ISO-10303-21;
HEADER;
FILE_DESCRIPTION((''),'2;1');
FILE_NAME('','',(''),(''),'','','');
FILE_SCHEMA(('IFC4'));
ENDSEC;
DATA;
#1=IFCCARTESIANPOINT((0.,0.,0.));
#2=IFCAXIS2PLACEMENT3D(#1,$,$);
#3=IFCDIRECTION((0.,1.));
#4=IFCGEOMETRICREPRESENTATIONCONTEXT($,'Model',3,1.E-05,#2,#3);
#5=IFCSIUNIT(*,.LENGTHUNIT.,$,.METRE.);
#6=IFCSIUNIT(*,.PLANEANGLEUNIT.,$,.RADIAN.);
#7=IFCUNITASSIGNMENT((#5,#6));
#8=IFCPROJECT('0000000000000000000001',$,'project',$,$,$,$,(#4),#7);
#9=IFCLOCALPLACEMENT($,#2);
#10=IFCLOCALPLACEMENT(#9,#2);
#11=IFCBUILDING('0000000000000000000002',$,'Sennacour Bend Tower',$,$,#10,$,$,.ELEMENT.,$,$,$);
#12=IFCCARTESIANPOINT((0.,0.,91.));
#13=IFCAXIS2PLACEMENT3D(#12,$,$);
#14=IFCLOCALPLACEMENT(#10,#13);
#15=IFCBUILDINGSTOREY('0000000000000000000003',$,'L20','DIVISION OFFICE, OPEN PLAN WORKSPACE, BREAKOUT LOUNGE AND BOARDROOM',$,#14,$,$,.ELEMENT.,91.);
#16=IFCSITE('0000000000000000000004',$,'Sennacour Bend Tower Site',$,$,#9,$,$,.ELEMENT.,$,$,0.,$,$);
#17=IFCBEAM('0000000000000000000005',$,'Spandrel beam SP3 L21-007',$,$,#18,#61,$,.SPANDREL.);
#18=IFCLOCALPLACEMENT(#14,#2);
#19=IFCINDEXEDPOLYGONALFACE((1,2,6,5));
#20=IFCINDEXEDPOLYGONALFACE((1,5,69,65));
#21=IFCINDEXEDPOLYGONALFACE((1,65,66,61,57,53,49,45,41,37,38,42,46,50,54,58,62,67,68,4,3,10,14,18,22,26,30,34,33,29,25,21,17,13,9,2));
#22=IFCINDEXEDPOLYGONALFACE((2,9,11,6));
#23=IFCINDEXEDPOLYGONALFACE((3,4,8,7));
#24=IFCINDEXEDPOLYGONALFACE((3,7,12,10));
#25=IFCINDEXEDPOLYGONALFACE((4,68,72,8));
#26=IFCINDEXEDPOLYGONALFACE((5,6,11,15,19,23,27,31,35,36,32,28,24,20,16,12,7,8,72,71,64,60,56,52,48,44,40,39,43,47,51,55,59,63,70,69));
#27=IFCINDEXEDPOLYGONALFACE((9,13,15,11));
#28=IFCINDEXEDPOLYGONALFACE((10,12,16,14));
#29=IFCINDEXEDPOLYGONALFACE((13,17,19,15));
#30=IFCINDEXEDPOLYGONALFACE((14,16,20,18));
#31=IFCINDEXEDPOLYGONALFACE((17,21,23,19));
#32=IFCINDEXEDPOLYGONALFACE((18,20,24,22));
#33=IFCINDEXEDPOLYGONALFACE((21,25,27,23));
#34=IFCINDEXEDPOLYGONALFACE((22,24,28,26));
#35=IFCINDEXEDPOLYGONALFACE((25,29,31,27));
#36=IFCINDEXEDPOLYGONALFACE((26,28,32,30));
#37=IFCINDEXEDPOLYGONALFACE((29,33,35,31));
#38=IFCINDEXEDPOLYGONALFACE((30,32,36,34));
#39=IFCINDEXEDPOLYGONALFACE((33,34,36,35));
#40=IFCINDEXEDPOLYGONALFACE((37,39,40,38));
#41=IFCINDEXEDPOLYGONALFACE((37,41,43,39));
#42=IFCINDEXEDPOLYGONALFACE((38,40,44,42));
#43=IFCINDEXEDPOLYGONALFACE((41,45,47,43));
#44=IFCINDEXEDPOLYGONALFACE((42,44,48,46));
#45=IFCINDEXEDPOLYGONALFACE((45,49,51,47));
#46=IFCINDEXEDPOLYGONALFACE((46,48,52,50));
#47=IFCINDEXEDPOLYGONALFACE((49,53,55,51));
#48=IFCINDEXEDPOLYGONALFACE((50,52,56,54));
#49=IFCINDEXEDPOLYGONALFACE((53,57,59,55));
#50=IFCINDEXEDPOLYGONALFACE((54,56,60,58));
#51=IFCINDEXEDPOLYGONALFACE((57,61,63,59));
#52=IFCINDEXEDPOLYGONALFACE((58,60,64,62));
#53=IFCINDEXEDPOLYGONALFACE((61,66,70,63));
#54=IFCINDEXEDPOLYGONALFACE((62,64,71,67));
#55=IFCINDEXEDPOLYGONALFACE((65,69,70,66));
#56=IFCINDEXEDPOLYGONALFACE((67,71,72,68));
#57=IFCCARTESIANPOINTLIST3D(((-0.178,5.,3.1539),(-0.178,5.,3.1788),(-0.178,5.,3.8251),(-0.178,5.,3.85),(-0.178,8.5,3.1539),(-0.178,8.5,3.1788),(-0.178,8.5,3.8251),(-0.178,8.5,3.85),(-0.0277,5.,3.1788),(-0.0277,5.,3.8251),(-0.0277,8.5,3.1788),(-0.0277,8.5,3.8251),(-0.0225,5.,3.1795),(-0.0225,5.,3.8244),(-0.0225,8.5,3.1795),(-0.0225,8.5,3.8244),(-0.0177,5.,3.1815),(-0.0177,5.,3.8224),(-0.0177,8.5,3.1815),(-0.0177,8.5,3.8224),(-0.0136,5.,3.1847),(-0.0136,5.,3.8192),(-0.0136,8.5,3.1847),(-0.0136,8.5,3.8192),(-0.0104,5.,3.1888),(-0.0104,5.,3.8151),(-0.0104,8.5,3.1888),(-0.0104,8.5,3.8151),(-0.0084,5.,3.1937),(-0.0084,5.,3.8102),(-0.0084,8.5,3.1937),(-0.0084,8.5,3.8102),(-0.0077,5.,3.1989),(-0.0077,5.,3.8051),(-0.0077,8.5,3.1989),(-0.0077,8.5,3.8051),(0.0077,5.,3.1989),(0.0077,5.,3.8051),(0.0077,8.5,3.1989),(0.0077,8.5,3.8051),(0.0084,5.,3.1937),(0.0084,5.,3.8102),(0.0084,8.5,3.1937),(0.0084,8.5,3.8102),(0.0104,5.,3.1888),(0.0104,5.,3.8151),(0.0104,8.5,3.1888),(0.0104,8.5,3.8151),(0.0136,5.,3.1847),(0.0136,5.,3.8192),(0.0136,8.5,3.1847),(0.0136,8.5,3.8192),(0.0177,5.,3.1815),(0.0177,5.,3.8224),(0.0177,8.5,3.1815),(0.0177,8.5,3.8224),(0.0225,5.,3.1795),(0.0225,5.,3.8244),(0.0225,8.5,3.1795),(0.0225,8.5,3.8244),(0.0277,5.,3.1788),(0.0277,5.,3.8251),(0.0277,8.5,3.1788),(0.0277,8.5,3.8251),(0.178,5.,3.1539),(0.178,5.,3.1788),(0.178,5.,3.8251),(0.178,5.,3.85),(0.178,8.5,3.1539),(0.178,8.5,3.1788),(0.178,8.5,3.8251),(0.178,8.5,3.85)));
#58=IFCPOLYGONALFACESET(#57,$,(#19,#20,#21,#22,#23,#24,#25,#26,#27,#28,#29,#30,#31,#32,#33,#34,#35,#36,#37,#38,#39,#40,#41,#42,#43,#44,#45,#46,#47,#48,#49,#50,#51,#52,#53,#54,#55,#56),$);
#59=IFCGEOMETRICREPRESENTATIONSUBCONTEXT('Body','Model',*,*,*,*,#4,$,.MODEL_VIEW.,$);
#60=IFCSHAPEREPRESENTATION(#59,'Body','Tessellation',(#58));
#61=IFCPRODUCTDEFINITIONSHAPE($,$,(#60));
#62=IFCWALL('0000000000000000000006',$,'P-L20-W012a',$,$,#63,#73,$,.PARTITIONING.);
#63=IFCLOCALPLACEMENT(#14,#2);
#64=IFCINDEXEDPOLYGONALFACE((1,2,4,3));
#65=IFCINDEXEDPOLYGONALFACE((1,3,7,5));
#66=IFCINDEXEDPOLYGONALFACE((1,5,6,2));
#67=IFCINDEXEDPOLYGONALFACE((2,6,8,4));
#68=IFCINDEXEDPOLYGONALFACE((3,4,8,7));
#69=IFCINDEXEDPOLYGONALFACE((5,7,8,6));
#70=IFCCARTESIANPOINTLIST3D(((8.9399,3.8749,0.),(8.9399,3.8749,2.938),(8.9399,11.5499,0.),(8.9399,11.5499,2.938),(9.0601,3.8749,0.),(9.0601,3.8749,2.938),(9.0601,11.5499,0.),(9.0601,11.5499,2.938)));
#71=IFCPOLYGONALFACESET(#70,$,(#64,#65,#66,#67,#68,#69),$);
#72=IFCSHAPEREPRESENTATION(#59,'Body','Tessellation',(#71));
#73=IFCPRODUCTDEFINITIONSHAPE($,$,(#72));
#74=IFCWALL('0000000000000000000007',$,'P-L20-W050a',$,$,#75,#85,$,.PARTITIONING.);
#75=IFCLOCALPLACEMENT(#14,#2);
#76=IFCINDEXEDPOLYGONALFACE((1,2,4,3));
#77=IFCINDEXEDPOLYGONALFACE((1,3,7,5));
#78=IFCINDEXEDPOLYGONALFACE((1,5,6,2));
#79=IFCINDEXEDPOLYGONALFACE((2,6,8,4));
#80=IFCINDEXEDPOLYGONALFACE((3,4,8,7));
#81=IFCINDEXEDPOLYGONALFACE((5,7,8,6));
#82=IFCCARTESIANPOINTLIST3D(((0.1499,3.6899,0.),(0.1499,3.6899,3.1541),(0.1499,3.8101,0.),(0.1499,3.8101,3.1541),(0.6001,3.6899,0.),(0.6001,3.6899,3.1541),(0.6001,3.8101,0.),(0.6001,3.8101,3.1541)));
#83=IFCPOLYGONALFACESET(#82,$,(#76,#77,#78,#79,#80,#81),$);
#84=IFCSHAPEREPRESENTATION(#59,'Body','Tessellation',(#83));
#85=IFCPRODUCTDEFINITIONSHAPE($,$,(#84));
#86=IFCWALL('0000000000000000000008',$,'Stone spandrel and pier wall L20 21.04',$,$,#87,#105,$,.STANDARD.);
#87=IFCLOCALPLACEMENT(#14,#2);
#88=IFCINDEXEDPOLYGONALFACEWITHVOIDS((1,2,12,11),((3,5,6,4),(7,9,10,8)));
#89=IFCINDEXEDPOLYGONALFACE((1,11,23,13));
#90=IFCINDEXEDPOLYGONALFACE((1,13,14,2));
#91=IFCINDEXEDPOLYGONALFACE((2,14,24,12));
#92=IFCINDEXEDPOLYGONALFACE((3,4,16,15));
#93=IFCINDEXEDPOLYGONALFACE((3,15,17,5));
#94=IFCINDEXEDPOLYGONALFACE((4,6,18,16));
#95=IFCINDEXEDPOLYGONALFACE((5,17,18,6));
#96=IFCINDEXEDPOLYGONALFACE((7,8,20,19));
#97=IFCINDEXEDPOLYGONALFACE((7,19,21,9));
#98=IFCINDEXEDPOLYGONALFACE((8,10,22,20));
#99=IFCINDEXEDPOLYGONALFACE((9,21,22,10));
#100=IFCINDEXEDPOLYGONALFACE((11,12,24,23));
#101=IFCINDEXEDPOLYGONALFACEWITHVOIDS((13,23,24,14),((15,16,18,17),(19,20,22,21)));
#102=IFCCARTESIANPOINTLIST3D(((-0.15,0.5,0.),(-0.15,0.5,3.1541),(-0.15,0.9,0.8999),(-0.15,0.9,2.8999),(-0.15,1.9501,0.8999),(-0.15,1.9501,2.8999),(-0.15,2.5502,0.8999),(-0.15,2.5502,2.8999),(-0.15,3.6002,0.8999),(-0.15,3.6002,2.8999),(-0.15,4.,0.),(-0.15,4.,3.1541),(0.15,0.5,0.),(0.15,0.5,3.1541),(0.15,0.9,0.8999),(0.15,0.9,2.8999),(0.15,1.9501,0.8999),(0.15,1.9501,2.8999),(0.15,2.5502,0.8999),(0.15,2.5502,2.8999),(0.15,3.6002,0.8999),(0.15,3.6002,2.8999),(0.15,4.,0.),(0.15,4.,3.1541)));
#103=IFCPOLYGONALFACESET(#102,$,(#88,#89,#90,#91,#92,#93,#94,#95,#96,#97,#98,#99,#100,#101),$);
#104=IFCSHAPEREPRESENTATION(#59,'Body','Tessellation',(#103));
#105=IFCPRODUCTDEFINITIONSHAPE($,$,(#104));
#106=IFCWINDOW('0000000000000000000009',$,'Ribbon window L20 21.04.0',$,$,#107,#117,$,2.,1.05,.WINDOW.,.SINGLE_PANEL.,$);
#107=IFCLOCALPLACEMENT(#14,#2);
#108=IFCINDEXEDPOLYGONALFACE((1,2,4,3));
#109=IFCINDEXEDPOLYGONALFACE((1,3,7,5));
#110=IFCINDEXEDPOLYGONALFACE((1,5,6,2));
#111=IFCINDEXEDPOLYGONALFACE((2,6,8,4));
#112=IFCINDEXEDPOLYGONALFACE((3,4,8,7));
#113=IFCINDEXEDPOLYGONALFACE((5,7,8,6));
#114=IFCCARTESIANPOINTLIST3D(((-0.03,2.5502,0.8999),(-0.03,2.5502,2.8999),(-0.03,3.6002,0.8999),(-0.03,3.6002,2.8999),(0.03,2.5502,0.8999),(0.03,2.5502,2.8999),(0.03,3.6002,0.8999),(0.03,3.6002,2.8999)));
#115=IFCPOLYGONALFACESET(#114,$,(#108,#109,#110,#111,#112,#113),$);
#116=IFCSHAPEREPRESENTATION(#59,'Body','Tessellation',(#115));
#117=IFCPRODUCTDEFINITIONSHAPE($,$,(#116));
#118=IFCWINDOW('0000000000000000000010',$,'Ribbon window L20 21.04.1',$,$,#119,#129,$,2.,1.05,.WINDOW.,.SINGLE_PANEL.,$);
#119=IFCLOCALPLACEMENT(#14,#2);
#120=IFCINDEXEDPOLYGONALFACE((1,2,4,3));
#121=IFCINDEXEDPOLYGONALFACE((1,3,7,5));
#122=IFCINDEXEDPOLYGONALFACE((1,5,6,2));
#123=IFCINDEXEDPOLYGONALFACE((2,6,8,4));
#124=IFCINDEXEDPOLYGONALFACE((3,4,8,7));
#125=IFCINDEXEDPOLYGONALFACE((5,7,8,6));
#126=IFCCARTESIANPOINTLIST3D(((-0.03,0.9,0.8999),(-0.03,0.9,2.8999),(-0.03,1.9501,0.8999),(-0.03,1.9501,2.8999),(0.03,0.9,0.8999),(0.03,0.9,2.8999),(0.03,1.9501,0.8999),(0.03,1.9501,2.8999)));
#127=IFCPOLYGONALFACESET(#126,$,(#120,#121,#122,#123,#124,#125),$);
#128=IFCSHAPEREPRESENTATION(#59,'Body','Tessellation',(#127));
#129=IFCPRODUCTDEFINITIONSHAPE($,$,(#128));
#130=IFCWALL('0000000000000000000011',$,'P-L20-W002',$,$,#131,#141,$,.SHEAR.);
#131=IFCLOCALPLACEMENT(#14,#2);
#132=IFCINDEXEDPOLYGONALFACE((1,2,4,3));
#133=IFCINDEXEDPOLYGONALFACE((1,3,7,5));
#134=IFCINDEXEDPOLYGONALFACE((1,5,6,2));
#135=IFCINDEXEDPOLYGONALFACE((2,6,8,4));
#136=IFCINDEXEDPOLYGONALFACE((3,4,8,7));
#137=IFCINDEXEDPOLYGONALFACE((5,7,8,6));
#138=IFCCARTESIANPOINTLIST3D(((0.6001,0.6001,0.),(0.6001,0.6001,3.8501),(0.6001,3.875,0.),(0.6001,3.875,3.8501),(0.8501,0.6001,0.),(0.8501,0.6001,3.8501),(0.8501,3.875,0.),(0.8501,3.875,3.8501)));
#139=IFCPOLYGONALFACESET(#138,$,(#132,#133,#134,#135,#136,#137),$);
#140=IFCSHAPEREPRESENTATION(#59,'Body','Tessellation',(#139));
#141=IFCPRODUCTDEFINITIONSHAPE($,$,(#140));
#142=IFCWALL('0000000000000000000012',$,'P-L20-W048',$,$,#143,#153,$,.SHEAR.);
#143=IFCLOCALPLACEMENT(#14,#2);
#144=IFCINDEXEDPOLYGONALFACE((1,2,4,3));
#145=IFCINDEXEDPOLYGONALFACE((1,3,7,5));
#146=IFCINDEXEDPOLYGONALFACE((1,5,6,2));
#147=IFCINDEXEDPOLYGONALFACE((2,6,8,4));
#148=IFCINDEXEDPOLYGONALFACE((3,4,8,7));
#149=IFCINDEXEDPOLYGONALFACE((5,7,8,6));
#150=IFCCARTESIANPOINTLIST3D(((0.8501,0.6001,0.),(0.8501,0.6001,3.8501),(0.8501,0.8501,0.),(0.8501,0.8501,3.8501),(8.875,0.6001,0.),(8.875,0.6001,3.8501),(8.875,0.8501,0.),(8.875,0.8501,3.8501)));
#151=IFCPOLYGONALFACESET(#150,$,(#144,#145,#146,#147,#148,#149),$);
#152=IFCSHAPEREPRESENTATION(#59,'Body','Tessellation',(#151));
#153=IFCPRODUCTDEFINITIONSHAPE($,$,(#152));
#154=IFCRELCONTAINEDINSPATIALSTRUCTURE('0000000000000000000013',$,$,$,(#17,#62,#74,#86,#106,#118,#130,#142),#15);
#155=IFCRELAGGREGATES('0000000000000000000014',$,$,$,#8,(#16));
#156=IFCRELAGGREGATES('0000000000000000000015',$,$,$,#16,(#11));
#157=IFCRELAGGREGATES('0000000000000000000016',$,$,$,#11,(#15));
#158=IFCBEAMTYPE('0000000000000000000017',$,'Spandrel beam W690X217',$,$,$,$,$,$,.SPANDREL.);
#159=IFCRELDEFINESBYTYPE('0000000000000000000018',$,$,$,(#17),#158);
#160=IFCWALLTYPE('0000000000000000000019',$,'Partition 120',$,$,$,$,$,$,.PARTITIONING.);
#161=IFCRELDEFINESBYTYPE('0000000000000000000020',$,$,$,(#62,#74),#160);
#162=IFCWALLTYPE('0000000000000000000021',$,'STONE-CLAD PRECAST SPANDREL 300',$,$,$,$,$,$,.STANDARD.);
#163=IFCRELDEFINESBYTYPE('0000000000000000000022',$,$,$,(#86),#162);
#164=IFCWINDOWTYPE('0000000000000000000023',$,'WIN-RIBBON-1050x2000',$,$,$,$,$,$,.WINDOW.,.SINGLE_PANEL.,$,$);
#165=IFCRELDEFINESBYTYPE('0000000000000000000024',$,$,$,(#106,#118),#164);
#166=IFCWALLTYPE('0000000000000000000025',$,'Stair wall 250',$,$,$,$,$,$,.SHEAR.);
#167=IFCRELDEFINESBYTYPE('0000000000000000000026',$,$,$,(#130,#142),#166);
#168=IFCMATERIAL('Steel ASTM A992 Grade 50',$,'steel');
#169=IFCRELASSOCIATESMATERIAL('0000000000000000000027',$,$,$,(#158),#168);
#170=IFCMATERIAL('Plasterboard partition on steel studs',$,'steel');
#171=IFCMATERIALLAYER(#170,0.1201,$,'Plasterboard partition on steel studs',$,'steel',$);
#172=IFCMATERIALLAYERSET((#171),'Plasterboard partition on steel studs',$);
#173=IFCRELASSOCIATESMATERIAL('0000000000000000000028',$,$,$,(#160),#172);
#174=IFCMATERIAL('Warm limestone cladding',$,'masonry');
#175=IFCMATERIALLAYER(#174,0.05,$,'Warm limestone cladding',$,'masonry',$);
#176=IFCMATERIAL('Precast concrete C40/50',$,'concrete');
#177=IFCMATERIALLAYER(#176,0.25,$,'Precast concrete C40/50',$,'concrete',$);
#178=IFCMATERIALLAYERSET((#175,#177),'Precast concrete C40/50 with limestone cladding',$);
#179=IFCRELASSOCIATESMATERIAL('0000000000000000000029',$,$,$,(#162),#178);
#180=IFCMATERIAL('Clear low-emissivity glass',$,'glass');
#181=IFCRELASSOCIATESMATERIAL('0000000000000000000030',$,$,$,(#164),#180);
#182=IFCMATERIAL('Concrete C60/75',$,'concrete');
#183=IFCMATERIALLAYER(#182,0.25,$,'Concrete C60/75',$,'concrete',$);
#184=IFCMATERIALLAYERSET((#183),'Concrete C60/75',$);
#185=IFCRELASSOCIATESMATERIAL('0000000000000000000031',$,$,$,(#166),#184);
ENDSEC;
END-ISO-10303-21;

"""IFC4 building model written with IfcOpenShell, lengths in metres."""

from ifc_helpers import new_model, si_unit, direction, frame, frame_2d, origin, origin_2d, place, context, subcontext, project, spatial, rectangle, i_section, extrude, material, layer, layer_set, material_profile, profile_set, type_object, element, fill, save


model = new_model("IFC4")

# Units and contexts
model_context = context("Model", 3, precision=1e-05, world=origin(), true_north=direction((0.0, 1.0)))
body_context = subcontext(model_context, "Body", "Model", "MODEL_VIEW")
ifc_project = project(units=[si_unit("LENGTHUNIT", "METRE"), si_unit("PLANEANGLEUNIT", "RADIAN")], contexts=[model_context])

# Site, building, storey
site_placement = place(None, origin())
site = spatial("IfcSite", under=ifc_project, at=site_placement, Name="Sennacour Bend Tower Site", CompositionType="ELEMENT", RefElevation=0.0)
building_placement = place(site_placement, origin())
building = spatial("IfcBuilding", under=site, at=building_placement, Name="Sennacour Bend Tower", CompositionType="ELEMENT")
storey_placement = place(building_placement, frame((0.0, 0.0, 91.0)))
storey = spatial("IfcBuildingStorey", under=building, at=storey_placement, Name="L20", Description="DIVISION OFFICE, OPEN PLAN WORKSPACE, BREAKOUT LOUNGE AND BOARDROOM", CompositionType="ELEMENT", Elevation=91.0)

# Beam
ifc_material_1 = material(Name="Steel ASTM A992 Grade 50", Category="steel")
ifc_material_profile_1 = material_profile(ifc_material_1, i_section(OverallWidth=0.356, OverallDepth=0.696, WebThickness=0.0154, FlangeThickness=0.0249, FilletRadius=0.02, at=origin_2d()), Name="Steel ASTM A992 Grade 50", Category="steel")
ifc_profile_set_1 = profile_set([ifc_material_profile_1], Name="Steel ASTM A992 Grade 50")
beam_type_1 = type_object("IfcBeamType", Name="Spandrel beam W690X217", PredefinedType="SPANDREL", material=ifc_profile_set_1)
beam_placement = place(storey_placement, frame((0.0, 5.0, 3.502), z_axis=(0.0, 1.0, 0.0), x_axis=(-1.0, 0.0, 0.0)))
element("IfcBeam", 1, at=beam_placement, inside=storey, type_object=beam_type_1, Name="Spandrel beam SP3 L21-007", PredefinedType="SPANDREL", context=body_context, shape_type="SweptSolid", body=[
    extrude(i_section(OverallWidth=0.356, OverallDepth=0.696, WebThickness=0.0154, FlangeThickness=0.0249, FilletRadius=0.02, at=origin_2d()), origin(), (0.0, 0.0, 1.0), 3.5),
])

# Walls
ifc_material_2 = material(Name="Plasterboard partition on steel studs", Category="steel")
ifc_layer_1 = layer(ifc_material_2, 0.1201, Name="Plasterboard partition on steel studs", Category="steel")
ifc_layer_set_1 = layer_set([ifc_layer_1], Name="Plasterboard partition on steel studs")
wall_type_1 = type_object("IfcWallType", Name="Partition 120", PredefinedType="PARTITIONING", material=ifc_layer_set_1)
wall_1_placement = place(storey_placement, frame((9.0, 3.875, 0.0), z_axis=(0.0, 0.0, 1.0), x_axis=(0.0, 1.0, 0.0)))
element("IfcWall", 2, at=wall_1_placement, inside=storey, type_object=wall_type_1, Name="P-L20-W012a", PredefinedType="PARTITIONING", context=body_context, shape_type="SweptSolid", body=[
    extrude(rectangle(XDim=7.675, YDim=0.1201, at=frame_2d((3.8374, 0.0))), origin(), (0.0, 0.0, 1.0), 2.938),
])
wall_2_placement = place(storey_placement, frame((0.1499, 3.75, 0.0), z_axis=(0.0, 0.0, 1.0), x_axis=(1.0, 0.0, 0.0)))
element("IfcWall", 3, at=wall_2_placement, inside=storey, type_object=wall_type_1, Name="P-L20-W050a", PredefinedType="PARTITIONING", context=body_context, shape_type="SweptSolid", body=[
    extrude(rectangle(XDim=0.4502, YDim=0.1201, at=frame_2d((0.2251, 0.0))), origin(), (0.0, 0.0, 1.0), 3.1541),
])

# Wall, openings, windows
ifc_material_3 = material(Name="Warm limestone cladding", Category="masonry")
ifc_layer_2 = layer(ifc_material_3, 0.05, Name="Warm limestone cladding", Category="masonry")
ifc_material_4 = material(Name="Precast concrete C40/50", Category="concrete")
ifc_layer_3 = layer(ifc_material_4, 0.25, Name="Precast concrete C40/50", Category="concrete")
ifc_layer_set_2 = layer_set([ifc_layer_2, ifc_layer_3], Name="Precast concrete C40/50 with limestone cladding")
wall_type_2 = type_object("IfcWallType", Name="STONE-CLAD PRECAST SPANDREL 300", PredefinedType="STANDARD", material=ifc_layer_set_2)
wall_3_placement = place(storey_placement, frame((0.0, 4.0, 0.0), z_axis=(0.0, 0.0, 1.0), x_axis=(0.0, -1.0, 0.0)))
wall_3 = element("IfcWall", 4, at=wall_3_placement, inside=storey, type_object=wall_type_2, Name="Stone spandrel and pier wall L20 21.04", PredefinedType="STANDARD", context=body_context, shape_type="SweptSolid", body=[
    extrude(rectangle(XDim=3.5, YDim=0.3, at=frame_2d((1.75, 0.0))), origin(), (0.0, 0.0, 1.0), 3.1541),
])
opening_1_placement = place(wall_3_placement, frame((0.3999, 0.0, 0.8999)))
opening_1 = element("IfcOpeningElement", 5, at=opening_1_placement, cuts=wall_3, PredefinedType="OPENING", context=body_context, shape_type="SweptSolid", body=[
    extrude(rectangle(XDim=1.05, YDim=2.0, at=frame_2d((0.5249, 1.0))), frame((0.0, 0.1602, 0.0), z_axis=(0.0, -1.0, 0.0), x_axis=(1.0, 0.0, 0.0)), (0.0, 0.0, 1.0), 0.3201),
])
opening_2_placement = place(wall_3_placement, frame((2.05, 0.0, 0.8999)))
opening_2 = element("IfcOpeningElement", 6, at=opening_2_placement, cuts=wall_3, PredefinedType="OPENING", context=body_context, shape_type="SweptSolid", body=[
    extrude(rectangle(XDim=1.05, YDim=2.0, at=frame_2d((0.5249, 1.0))), frame((0.0, 0.1602, 0.0), z_axis=(0.0, -1.0, 0.0), x_axis=(1.0, 0.0, 0.0)), (0.0, 0.0, 1.0), 0.3201),
])
ifc_material_5 = material(Name="Clear low-emissivity glass", Category="glass")
window_type = type_object("IfcWindowType", Name="WIN-RIBBON-1050x2000", PartitioningType="SINGLE_PANEL", PredefinedType="WINDOW", material=ifc_material_5)
window_1_placement = place(opening_1_placement, origin())
window_1 = element("IfcWindow", 7, at=window_1_placement, inside=storey, type_object=window_type, Name="Ribbon window L20 21.04.0", OverallHeight=2.0, OverallWidth=1.05, PartitioningType="SINGLE_PANEL", PredefinedType="WINDOW", context=body_context, shape_type="SweptSolid", body=[
    extrude(rectangle(XDim=1.05, YDim=2.0, at=frame_2d((0.5249, 1.0))), frame((0.0, 0.03, 0.0), z_axis=(0.0, -1.0, 0.0), x_axis=(1.0, 0.0, 0.0)), (0.0, 0.0, 1.0), 0.0601),
])
fill(opening_1, window_1)
window_2_placement = place(opening_2_placement, origin())
window_2 = element("IfcWindow", 8, at=window_2_placement, inside=storey, type_object=window_type, Name="Ribbon window L20 21.04.1", OverallHeight=2.0, OverallWidth=1.05, PartitioningType="SINGLE_PANEL", PredefinedType="WINDOW", context=body_context, shape_type="SweptSolid", body=[
    extrude(rectangle(XDim=1.05, YDim=2.0, at=frame_2d((0.5249, 1.0))), frame((0.0, 0.03, 0.0), z_axis=(0.0, -1.0, 0.0), x_axis=(1.0, 0.0, 0.0)), (0.0, 0.0, 1.0), 0.0601),
])
fill(opening_2, window_2)

# Walls
ifc_material_6 = material(Name="Concrete C60/75", Category="concrete")
ifc_layer_4 = layer(ifc_material_6, 0.25, Name="Concrete C60/75", Category="concrete")
ifc_layer_set_3 = layer_set([ifc_layer_4], Name="Concrete C60/75")
wall_type_3 = type_object("IfcWallType", Name="Stair wall 250", PredefinedType="SHEAR", material=ifc_layer_set_3)
wall_4_placement = place(storey_placement, frame((0.7251, 0.6001, 0.0), z_axis=(0.0, 0.0, 1.0), x_axis=(0.0, 1.0, 0.0)))
element("IfcWall", 9, at=wall_4_placement, inside=storey, type_object=wall_type_3, Name="P-L20-W002", PredefinedType="SHEAR", context=body_context, shape_type="SweptSolid", body=[
    extrude(rectangle(XDim=3.2749, YDim=0.25, at=frame_2d((1.6375, 0.0))), origin(), (0.0, 0.0, 1.0), 3.8501),
])
wall_5_placement = place(storey_placement, frame((0.8501, 0.7251, 0.0), z_axis=(0.0, 0.0, 1.0), x_axis=(1.0, 0.0, 0.0)))
element("IfcWall", 10, at=wall_5_placement, inside=storey, type_object=wall_type_3, Name="P-L20-W048", PredefinedType="SHEAR", context=body_context, shape_type="SweptSolid", body=[
    extrude(rectangle(XDim=8.0249, YDim=0.25, at=frame_2d((4.0125, 0.0))), origin(), (0.0, 0.0, 1.0), 3.8501),
])

save(model, "model.ifc")
